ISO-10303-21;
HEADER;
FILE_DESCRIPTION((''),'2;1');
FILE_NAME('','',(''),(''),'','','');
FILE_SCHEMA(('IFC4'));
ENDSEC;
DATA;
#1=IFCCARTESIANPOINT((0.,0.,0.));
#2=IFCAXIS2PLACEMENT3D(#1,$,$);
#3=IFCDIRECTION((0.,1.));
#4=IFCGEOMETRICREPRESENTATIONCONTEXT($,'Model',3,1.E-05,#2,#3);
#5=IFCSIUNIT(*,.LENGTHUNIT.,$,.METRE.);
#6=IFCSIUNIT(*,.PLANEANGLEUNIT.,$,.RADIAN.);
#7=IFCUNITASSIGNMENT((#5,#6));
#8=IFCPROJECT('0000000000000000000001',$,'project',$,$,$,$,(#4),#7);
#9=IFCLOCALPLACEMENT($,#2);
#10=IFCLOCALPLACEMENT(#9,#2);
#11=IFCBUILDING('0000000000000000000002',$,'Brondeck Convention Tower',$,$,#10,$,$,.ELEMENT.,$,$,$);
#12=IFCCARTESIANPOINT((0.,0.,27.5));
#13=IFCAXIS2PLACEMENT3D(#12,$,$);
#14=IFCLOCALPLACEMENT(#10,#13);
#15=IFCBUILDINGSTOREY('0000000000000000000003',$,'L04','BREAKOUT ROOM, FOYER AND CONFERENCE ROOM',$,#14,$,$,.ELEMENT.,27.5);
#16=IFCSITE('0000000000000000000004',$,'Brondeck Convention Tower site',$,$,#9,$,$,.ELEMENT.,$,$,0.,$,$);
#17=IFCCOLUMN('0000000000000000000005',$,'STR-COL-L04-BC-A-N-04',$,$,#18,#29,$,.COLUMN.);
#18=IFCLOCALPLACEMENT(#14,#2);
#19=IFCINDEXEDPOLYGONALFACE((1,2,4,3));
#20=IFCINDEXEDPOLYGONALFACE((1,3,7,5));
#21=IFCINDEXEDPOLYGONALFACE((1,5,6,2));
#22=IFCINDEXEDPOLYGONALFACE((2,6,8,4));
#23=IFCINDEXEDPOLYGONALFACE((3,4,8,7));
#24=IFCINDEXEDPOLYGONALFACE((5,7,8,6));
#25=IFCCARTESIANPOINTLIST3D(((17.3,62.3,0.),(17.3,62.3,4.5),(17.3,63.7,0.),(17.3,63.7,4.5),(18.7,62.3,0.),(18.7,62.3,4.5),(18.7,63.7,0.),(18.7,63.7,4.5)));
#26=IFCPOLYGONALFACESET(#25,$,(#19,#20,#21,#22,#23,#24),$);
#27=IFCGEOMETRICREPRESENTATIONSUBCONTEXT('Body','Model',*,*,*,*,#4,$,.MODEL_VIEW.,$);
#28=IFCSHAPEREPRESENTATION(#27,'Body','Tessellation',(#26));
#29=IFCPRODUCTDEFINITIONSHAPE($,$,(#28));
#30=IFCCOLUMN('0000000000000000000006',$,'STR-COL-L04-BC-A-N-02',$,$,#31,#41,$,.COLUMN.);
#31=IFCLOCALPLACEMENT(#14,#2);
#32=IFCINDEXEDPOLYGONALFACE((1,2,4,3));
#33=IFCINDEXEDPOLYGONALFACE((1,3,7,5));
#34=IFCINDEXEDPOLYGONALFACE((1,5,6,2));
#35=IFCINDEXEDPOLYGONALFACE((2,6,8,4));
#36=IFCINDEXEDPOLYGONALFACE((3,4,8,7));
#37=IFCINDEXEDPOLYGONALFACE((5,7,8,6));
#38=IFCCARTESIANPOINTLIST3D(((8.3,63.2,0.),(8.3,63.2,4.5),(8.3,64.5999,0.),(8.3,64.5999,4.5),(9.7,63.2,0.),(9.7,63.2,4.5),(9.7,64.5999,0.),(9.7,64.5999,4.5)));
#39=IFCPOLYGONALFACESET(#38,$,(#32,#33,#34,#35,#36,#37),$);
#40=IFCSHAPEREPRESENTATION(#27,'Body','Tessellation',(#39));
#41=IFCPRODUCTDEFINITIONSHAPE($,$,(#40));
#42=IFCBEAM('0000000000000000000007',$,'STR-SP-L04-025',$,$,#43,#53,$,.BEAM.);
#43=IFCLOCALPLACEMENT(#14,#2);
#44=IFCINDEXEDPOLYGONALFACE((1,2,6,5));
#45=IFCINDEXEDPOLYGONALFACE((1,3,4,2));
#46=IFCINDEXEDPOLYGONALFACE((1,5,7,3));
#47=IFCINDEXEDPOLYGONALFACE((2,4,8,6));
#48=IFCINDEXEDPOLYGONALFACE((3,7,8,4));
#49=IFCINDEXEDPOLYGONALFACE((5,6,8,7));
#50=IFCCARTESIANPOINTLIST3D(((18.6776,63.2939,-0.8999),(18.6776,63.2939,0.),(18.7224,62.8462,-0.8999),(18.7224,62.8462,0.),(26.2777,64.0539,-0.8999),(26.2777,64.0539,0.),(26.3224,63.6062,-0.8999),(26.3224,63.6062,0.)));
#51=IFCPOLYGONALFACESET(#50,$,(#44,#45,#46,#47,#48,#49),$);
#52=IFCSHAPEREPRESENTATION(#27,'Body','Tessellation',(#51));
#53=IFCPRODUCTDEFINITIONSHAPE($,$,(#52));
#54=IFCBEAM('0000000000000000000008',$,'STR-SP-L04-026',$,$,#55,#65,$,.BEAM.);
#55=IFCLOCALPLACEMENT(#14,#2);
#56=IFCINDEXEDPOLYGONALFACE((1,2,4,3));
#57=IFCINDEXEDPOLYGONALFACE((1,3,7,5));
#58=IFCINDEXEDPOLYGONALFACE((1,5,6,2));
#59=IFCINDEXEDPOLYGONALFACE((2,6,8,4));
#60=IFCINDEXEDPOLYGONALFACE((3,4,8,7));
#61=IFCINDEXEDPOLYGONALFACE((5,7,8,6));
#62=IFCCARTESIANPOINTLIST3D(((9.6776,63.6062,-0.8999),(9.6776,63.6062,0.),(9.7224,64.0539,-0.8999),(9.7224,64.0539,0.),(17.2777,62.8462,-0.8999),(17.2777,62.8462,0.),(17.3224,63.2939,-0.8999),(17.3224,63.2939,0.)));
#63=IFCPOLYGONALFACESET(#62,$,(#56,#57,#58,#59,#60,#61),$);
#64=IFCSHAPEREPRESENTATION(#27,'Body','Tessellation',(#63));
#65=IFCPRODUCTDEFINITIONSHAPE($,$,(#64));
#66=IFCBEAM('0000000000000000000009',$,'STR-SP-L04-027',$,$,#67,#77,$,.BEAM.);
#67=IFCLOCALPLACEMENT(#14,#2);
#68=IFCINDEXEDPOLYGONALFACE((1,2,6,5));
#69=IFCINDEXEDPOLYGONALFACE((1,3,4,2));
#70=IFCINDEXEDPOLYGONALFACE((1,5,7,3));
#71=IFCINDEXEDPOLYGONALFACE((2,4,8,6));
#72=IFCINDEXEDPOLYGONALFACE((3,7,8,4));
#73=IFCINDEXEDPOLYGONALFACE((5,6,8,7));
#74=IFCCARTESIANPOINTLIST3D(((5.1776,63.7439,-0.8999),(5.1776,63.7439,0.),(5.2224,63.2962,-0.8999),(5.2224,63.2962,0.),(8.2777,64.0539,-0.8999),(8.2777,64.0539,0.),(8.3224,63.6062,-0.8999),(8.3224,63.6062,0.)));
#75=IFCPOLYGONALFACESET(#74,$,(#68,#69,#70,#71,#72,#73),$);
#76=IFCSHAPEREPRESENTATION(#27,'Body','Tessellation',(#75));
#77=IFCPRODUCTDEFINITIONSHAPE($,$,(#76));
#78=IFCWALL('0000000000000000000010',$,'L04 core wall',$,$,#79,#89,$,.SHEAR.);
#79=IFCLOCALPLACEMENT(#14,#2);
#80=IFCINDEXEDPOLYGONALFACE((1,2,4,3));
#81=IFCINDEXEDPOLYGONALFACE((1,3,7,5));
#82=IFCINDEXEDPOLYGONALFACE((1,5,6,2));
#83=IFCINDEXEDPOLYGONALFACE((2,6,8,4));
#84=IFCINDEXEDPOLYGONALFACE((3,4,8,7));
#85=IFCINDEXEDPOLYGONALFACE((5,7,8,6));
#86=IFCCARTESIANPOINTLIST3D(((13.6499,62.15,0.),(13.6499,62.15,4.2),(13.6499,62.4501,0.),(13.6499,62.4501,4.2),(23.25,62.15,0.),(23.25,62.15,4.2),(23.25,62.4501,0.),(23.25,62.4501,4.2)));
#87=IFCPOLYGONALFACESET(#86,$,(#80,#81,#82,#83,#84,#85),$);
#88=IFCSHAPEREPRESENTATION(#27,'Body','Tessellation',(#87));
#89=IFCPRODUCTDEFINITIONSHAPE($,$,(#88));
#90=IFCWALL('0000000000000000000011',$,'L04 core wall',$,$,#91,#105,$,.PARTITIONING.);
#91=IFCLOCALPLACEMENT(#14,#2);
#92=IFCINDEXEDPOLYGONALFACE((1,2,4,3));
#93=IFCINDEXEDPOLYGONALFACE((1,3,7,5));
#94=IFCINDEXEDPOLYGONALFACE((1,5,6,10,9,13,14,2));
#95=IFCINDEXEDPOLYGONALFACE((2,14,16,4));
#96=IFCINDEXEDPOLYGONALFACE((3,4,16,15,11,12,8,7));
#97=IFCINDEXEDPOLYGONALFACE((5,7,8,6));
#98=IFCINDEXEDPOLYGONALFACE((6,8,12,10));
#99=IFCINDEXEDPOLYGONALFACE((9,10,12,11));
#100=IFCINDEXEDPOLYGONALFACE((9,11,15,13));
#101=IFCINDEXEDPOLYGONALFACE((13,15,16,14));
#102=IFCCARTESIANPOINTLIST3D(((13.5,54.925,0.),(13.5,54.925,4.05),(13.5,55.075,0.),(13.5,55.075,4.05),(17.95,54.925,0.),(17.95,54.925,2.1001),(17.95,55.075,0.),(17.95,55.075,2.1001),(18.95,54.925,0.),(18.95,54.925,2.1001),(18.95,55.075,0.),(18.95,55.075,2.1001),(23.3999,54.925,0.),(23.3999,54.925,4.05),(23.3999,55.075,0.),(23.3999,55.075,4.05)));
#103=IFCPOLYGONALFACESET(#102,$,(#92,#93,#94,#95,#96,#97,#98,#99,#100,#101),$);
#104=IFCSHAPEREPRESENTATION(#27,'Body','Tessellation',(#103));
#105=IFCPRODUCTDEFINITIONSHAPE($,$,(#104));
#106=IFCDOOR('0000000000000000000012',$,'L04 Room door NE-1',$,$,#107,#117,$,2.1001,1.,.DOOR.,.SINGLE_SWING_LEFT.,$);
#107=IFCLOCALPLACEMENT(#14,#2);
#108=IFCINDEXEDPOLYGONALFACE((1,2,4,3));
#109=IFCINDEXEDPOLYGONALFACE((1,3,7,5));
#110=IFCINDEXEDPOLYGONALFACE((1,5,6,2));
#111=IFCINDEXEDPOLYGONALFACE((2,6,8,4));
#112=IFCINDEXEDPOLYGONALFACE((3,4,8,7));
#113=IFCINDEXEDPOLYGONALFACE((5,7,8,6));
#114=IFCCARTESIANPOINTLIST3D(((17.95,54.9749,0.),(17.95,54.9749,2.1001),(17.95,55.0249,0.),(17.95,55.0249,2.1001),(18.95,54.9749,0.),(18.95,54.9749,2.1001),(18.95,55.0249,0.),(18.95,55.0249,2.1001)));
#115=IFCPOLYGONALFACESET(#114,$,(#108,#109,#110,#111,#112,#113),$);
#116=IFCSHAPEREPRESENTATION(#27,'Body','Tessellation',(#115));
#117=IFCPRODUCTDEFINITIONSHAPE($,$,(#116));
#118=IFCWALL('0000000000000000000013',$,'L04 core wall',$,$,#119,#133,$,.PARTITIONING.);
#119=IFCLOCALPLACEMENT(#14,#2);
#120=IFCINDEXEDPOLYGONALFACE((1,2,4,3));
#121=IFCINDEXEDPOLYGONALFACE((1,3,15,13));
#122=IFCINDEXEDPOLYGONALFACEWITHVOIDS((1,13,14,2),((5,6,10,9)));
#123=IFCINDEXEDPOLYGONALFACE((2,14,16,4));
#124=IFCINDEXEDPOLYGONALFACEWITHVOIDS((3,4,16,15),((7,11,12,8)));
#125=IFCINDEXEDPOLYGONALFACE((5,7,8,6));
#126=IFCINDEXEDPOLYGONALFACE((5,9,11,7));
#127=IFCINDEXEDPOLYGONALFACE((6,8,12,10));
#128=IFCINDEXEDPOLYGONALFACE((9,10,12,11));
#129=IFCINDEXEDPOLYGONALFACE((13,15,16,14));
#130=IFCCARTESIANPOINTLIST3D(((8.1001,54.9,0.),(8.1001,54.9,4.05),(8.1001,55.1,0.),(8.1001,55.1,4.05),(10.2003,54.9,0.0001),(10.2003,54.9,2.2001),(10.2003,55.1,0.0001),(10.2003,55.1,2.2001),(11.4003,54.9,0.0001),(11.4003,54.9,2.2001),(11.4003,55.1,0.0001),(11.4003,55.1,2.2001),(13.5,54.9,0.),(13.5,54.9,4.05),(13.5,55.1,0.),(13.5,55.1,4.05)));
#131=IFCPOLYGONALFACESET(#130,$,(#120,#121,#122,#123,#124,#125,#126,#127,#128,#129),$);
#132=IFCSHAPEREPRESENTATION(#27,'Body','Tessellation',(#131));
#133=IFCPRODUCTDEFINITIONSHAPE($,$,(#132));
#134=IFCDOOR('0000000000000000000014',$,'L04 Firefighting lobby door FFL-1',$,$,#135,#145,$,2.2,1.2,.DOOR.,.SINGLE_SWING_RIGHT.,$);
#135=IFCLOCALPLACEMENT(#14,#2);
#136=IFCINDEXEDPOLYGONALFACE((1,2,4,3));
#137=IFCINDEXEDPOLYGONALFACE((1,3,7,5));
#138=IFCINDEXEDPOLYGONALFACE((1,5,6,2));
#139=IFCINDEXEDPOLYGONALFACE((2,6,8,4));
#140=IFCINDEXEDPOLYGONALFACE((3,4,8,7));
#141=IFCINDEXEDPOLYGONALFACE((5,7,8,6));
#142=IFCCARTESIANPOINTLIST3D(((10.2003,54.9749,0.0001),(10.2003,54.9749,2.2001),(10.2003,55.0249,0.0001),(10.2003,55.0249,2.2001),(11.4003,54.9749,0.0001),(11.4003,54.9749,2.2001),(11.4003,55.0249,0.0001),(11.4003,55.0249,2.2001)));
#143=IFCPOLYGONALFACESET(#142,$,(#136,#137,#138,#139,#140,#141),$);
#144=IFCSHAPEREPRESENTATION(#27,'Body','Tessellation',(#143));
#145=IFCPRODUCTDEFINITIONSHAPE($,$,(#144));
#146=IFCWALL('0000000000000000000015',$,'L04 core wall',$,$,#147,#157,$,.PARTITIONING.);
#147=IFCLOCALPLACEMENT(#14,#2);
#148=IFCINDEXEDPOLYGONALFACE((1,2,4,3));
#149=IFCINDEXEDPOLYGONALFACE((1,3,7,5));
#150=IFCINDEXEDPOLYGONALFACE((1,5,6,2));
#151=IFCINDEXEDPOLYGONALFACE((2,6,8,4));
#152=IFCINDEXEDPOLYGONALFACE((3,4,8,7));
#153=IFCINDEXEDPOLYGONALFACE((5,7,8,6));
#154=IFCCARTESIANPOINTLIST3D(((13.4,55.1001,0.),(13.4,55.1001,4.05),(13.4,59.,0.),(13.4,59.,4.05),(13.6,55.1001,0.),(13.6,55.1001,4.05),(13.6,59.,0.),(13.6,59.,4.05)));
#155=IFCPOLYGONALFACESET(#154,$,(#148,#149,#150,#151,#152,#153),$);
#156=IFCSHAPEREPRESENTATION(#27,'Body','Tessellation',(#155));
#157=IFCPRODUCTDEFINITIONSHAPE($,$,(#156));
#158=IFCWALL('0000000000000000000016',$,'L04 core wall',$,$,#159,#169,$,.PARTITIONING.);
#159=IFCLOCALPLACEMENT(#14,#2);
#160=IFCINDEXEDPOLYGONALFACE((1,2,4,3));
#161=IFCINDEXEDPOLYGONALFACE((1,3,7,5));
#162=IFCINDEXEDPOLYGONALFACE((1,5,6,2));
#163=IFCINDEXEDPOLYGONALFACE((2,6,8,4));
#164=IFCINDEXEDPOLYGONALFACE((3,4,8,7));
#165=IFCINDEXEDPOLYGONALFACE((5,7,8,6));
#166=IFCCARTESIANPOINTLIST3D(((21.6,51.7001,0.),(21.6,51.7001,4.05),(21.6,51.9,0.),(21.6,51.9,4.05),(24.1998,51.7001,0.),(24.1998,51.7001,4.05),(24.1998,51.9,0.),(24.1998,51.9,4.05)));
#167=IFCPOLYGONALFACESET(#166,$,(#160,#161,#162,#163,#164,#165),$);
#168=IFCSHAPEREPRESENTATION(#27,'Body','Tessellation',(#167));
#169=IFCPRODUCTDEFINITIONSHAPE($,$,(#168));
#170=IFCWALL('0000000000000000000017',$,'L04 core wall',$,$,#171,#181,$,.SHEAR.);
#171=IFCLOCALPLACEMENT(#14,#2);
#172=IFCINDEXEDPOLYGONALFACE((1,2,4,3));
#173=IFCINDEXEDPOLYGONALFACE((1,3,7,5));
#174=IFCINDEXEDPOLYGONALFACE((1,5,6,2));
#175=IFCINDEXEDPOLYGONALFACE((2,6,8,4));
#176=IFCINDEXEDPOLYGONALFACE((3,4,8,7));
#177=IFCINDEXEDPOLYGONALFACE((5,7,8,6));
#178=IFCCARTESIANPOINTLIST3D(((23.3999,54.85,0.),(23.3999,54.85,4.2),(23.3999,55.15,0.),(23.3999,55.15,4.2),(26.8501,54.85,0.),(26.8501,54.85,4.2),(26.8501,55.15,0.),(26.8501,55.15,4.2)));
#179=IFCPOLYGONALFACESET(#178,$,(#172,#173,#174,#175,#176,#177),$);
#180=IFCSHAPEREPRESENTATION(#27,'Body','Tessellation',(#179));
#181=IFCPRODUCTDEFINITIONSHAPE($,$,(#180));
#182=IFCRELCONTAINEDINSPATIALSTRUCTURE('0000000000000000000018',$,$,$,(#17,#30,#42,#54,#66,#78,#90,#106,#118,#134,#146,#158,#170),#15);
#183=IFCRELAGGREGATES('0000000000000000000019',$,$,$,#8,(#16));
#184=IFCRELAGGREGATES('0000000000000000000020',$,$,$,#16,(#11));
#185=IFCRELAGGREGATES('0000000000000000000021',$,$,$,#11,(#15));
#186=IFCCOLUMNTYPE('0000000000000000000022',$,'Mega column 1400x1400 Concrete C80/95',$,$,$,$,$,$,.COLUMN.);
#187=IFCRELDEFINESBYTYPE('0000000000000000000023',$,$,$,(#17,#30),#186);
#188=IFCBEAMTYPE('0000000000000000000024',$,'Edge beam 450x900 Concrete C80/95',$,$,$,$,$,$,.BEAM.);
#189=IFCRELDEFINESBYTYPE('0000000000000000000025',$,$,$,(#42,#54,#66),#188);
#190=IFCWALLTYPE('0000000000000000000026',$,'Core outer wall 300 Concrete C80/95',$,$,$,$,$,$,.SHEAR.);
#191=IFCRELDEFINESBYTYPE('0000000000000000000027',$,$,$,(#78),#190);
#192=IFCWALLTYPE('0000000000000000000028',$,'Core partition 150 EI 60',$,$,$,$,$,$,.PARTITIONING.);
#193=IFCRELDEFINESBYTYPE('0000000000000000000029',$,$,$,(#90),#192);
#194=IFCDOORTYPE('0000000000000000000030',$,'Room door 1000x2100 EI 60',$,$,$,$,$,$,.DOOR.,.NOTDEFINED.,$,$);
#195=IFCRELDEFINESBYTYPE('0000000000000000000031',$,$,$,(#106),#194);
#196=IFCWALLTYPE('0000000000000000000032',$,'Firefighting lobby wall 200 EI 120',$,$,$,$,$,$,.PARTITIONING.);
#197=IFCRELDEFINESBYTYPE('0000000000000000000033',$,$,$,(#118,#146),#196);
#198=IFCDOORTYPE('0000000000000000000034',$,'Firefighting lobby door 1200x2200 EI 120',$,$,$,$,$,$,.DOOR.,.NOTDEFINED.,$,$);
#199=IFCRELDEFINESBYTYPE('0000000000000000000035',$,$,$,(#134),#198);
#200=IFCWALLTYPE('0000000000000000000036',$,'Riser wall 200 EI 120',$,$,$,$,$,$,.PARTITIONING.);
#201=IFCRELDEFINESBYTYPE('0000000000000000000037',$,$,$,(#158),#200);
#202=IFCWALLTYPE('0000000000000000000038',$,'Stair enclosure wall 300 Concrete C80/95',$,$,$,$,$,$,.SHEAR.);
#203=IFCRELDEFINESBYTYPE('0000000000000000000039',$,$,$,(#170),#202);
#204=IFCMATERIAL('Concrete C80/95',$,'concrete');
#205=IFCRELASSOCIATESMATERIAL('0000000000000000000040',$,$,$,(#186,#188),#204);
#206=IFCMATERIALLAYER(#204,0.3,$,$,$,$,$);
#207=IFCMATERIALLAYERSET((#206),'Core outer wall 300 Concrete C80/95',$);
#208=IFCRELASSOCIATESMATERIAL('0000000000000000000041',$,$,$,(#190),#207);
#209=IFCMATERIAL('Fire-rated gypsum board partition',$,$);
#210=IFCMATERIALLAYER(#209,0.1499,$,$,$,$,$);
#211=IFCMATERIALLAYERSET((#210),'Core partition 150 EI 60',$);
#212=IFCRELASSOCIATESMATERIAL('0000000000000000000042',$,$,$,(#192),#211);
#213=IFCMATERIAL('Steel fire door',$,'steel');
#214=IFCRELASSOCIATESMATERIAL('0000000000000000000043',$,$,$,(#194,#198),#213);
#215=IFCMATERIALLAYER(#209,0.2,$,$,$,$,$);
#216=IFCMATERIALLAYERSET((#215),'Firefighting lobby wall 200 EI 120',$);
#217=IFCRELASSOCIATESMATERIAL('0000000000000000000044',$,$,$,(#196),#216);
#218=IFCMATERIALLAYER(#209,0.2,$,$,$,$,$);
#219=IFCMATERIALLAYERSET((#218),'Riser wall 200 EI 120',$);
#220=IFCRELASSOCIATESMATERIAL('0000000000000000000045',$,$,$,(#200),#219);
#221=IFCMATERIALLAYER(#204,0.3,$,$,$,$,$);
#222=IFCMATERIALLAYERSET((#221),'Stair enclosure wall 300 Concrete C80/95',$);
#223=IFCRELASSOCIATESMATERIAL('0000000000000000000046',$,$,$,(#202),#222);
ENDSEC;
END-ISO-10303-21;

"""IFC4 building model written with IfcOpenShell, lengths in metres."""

from ifc_helpers import new_model, si_unit, direction, frame, frame_2d, origin, origin_2d, place, context, subcontext, project, spatial, rectangle, extrude, material, layer, layer_set, material_profile, profile_set, type_object, element, fill, save


model = new_model("IFC4")

# Units and contexts
model_context = context("Model", 3, precision=1e-05, world=origin(), true_north=direction((0.0, 1.0)))
body_context = subcontext(model_context, "Body", "Model", "MODEL_VIEW")
ifc_project = project(units=[si_unit("LENGTHUNIT", "METRE"), si_unit("PLANEANGLEUNIT", "RADIAN")], contexts=[model_context])

# Site, building, storey
site_placement = place(None, origin())
site = spatial("IfcSite", under=ifc_project, at=site_placement, Name="Brondeck Convention Tower site", CompositionType="ELEMENT", RefElevation=0.0)
building_placement = place(site_placement, origin())
building = spatial("IfcBuilding", under=site, at=building_placement, Name="Brondeck Convention Tower", CompositionType="ELEMENT")
storey_placement = place(building_placement, frame((0.0, 0.0, 27.5)))
storey = spatial("IfcBuildingStorey", under=building, at=storey_placement, Name="L04", Description="BREAKOUT ROOM, FOYER AND CONFERENCE ROOM", CompositionType="ELEMENT", Elevation=27.5)

# Columns
ifc_material_1 = material(Name="Concrete C80/95", Category="concrete")
ifc_material_profile_1 = material_profile(ifc_material_1, rectangle(XDim=1.3999, YDim=1.3999, at=origin_2d()), Name="Mega column 1400x1400 Concrete C80/95")
ifc_profile_set_1 = profile_set([ifc_material_profile_1], Name="Concrete C80/95")
column_type = type_object("IfcColumnType", Name="Mega column 1400x1400 Concrete C80/95", PredefinedType="COLUMN", material=ifc_profile_set_1)
for number, where, z_axis, x_axis, name in (
    (1, (18.0, 63.0, 0.0), (0.0, 0.0, 1.0), (1.0, 0.0, 0.0), "STR-COL-L04-BC-A-N-04"),
    (2, (9.0, 63.8999, 0.0), (0.0, 0.0, 1.0), (1.0, 0.0, 0.0), "STR-COL-L04-BC-A-N-02"),
):
    element("IfcColumn", number, at=place(storey_placement, frame(where, z_axis=z_axis, x_axis=x_axis)), inside=storey, type_object=column_type, Name=name, PredefinedType="COLUMN", context=body_context, shape_type="SweptSolid", body=[
        extrude(rectangle(XDim=1.3999, YDim=1.3999, at=origin_2d()), origin(), (0.0, 0.0, 1.0), 4.5),
    ])

# Beams
ifc_material_profile_2 = material_profile(ifc_material_1, rectangle(XDim=0.45, YDim=0.8999, at=origin_2d()), Name="Edge beam 450x900 Concrete C80/95")
ifc_profile_set_2 = profile_set([ifc_material_profile_2], Name="Concrete C80/95")
beam_type = type_object("IfcBeamType", Name="Edge beam 450x900 Concrete C80/95", PredefinedType="BEAM", material=ifc_profile_set_2)
for number, where, z_axis, x_axis, name in (
    (3, (26.3, 63.8301, -0.45), (-0.995037, -0.099504, 0.0), (0.099504, -0.995037, 0.0), "STR-SP-L04-025"),
    (4, (17.3, 63.0701, -0.45), (-0.995037, 0.099504, 0.0), (-0.099504, -0.995037, 0.0), "STR-SP-L04-026"),
):
    element("IfcBeam", number, at=place(storey_placement, frame(where, z_axis=z_axis, x_axis=x_axis)), inside=storey, type_object=beam_type, Name=name, PredefinedType="BEAM", context=body_context, shape_type="SweptSolid", body=[
        extrude(rectangle(XDim=0.45, YDim=0.8999, at=origin_2d()), origin(), (0.0, 0.0, 1.0), 7.6379),
    ])
beam_placement = place(storey_placement, frame((8.3, 63.8301, -0.45), z_axis=(-0.995036, -0.099519, 0.0), x_axis=(0.099519, -0.995036, 0.0)))
element("IfcBeam", 5, at=beam_placement, inside=storey, type_object=beam_type, Name="STR-SP-L04-027", PredefinedType="BEAM", context=body_context, shape_type="SweptSolid", body=[
    extrude(rectangle(XDim=0.45, YDim=0.8999, at=origin_2d()), origin(), (0.0, 0.0, 1.0), 3.1155),
])

# Wall
ifc_layer_1 = layer(ifc_material_1, 0.3)
ifc_layer_set_1 = layer_set([ifc_layer_1], Name="Core outer wall 300 Concrete C80/95")
wall_type_1 = type_object("IfcWallType", Name="Core outer wall 300 Concrete C80/95", PredefinedType="SHEAR", material=ifc_layer_set_1)
wall_1_placement = place(storey_placement, frame((13.6499, 62.3, 0.0), z_axis=(0.0, 0.0, 1.0), x_axis=(1.0, 0.0, 0.0)))
element("IfcWall", 6, at=wall_1_placement, inside=storey, type_object=wall_type_1, Name="L04 core wall", PredefinedType="SHEAR", context=body_context, shape_type="SweptSolid", body=[
    extrude(rectangle(XDim=9.6001, YDim=0.3, at=frame_2d((4.8, 0.0))), origin(), (0.0, 0.0, 1.0), 4.2),
])

# Walls, openings, doors
ifc_material_2 = material(Name="Fire-rated gypsum board partition")
ifc_layer_2 = layer(ifc_material_2, 0.1499)
ifc_layer_set_2 = layer_set([ifc_layer_2], Name="Core partition 150 EI 60")
wall_type_2 = type_object("IfcWallType", Name="Core partition 150 EI 60", PredefinedType="PARTITIONING", material=ifc_layer_set_2)
wall_2_placement = place(storey_placement, frame((13.5, 55.0, 0.0), z_axis=(0.0, 0.0, 1.0), x_axis=(1.0, 0.0, 0.0)))
wall_2 = element("IfcWall", 7, at=wall_2_placement, inside=storey, type_object=wall_type_2, Name="L04 core wall", PredefinedType="PARTITIONING", context=body_context, shape_type="SweptSolid", body=[
    extrude(rectangle(XDim=9.8999, YDim=0.1499, at=frame_2d((4.95, 0.0))), origin(), (0.0, 0.0, 1.0), 4.05),
])
opening_1_placement = place(wall_2_placement, frame((4.45, 0.0, 0.0)))
opening_1 = element("IfcOpeningElement", 8, at=opening_1_placement, cuts=wall_2, PredefinedType="OPENING", context=body_context, shape_type="SweptSolid", body=[
    extrude(rectangle(XDim=1.0, YDim=2.1001, at=frame_2d((0.5, 1.05))), frame((0.0, 0.085, 0.0), z_axis=(0.0, -1.0, 0.0), x_axis=(1.0, 0.0, 0.0)), (0.0, 0.0, 1.0), 0.1699),
])
ifc_material_3 = material(Name="Steel fire door", Category="steel")
door_type_1 = type_object("IfcDoorType", Name="Room door 1000x2100 EI 60", OperationType="NOTDEFINED", PredefinedType="DOOR", material=ifc_material_3)
door_1_placement = place(opening_1_placement, origin())
door_1 = element("IfcDoor", 9, at=door_1_placement, inside=storey, type_object=door_type_1, Name="L04 Room door NE-1", OperationType="SINGLE_SWING_LEFT", OverallHeight=2.1001, OverallWidth=1.0, PredefinedType="DOOR", context=body_context, shape_type="SweptSolid", body=[
    extrude(rectangle(XDim=1.0, YDim=2.1001, at=frame_2d((0.5, 1.05))), frame((0.0, 0.0249, 0.0), z_axis=(0.0, -1.0, 0.0), x_axis=(1.0, 0.0, 0.0)), (0.0, 0.0, 1.0), 0.05),
])
fill(opening_1, door_1)
ifc_layer_3 = layer(ifc_material_2, 0.2)
ifc_layer_set_3 = layer_set([ifc_layer_3], Name="Firefighting lobby wall 200 EI 120")
wall_type_3 = type_object("IfcWallType", Name="Firefighting lobby wall 200 EI 120", PredefinedType="PARTITIONING", material=ifc_layer_set_3)
wall_3_placement = place(storey_placement, frame((8.1001, 55.0, 0.0), z_axis=(0.0, 0.0, 1.0), x_axis=(1.0, 0.0, 0.0)))
wall_3 = element("IfcWall", 10, at=wall_3_placement, inside=storey, type_object=wall_type_3, Name="L04 core wall", PredefinedType="PARTITIONING", context=body_context, shape_type="SweptSolid", body=[
    extrude(rectangle(XDim=5.3999, YDim=0.2, at=frame_2d((2.7, 0.0))), origin(), (0.0, 0.0, 1.0), 4.05),
])
opening_2_placement = place(wall_3_placement, frame((2.1001, 0.0, 0.0)))
opening_2 = element("IfcOpeningElement", 11, at=opening_2_placement, cuts=wall_3, PredefinedType="OPENING", context=body_context, shape_type="SweptSolid", body=[
    extrude(rectangle(XDim=1.2, YDim=2.2, at=frame_2d((0.6001, 1.1001))), frame((0.0, 0.1099, 0.0), z_axis=(0.0, -1.0, 0.0), x_axis=(1.0, 0.0, 0.0)), (0.0, 0.0, 1.0), 0.22),
])
door_type_2 = type_object("IfcDoorType", Name="Firefighting lobby door 1200x2200 EI 120", OperationType="NOTDEFINED", PredefinedType="DOOR", material=ifc_material_3)
door_2_placement = place(opening_2_placement, origin())
door_2 = element("IfcDoor", 12, at=door_2_placement, inside=storey, type_object=door_type_2, Name="L04 Firefighting lobby door FFL-1", OperationType="SINGLE_SWING_RIGHT", OverallHeight=2.2, OverallWidth=1.2, PredefinedType="DOOR", context=body_context, shape_type="SweptSolid", body=[
    extrude(rectangle(XDim=1.2, YDim=2.2, at=frame_2d((0.6001, 1.1001))), frame((0.0, 0.0249, 0.0), z_axis=(0.0, -1.0, 0.0), x_axis=(1.0, 0.0, 0.0)), (0.0, 0.0, 1.0), 0.05),
])
fill(opening_2, door_2)

# Walls
wall_4_placement = place(storey_placement, frame((13.5, 55.1001, 0.0), z_axis=(0.0, 0.0, 1.0), x_axis=(0.0, 1.0, 0.0)))
element("IfcWall", 13, at=wall_4_placement, inside=storey, type_object=wall_type_3, Name="L04 core wall", PredefinedType="PARTITIONING", context=body_context, shape_type="SweptSolid", body=[
    extrude(rectangle(XDim=3.8999, YDim=0.2, at=frame_2d((1.95, 0.0))), origin(), (0.0, 0.0, 1.0), 4.05),
])
ifc_layer_4 = layer(ifc_material_2, 0.2)
ifc_layer_set_4 = layer_set([ifc_layer_4], Name="Riser wall 200 EI 120")
wall_type_4 = type_object("IfcWallType", Name="Riser wall 200 EI 120", PredefinedType="PARTITIONING", material=ifc_layer_set_4)
wall_5_placement = place(storey_placement, frame((21.6001, 51.8, 0.0), z_axis=(0.0, 0.0, 1.0), x_axis=(1.0, 0.0, 0.0)))
element("IfcWall", 14, at=wall_5_placement, inside=storey, type_object=wall_type_4, Name="L04 core wall", PredefinedType="PARTITIONING", context=body_context, shape_type="SweptSolid", body=[
    extrude(rectangle(XDim=2.5999, YDim=0.2, at=frame_2d((1.2998, 0.0))), origin(), (0.0, 0.0, 1.0), 4.05),
])
ifc_layer_5 = layer(ifc_material_1, 0.3)
ifc_layer_set_5 = layer_set([ifc_layer_5], Name="Stair enclosure wall 300 Concrete C80/95")
wall_type_5 = type_object("IfcWallType", Name="Stair enclosure wall 300 Concrete C80/95", PredefinedType="SHEAR", material=ifc_layer_set_5)
wall_6_placement = place(storey_placement, frame((23.3999, 55.0, 0.0), z_axis=(0.0, 0.0, 1.0), x_axis=(1.0, 0.0, 0.0)))
element("IfcWall", 15, at=wall_6_placement, inside=storey, type_object=wall_type_5, Name="L04 core wall", PredefinedType="SHEAR", context=body_context, shape_type="SweptSolid", body=[
    extrude(rectangle(XDim=3.4502, YDim=0.3, at=frame_2d((1.7251, 0.0))), origin(), (0.0, 0.0, 1.0), 4.2),
])

save(model, "model.ifc")
